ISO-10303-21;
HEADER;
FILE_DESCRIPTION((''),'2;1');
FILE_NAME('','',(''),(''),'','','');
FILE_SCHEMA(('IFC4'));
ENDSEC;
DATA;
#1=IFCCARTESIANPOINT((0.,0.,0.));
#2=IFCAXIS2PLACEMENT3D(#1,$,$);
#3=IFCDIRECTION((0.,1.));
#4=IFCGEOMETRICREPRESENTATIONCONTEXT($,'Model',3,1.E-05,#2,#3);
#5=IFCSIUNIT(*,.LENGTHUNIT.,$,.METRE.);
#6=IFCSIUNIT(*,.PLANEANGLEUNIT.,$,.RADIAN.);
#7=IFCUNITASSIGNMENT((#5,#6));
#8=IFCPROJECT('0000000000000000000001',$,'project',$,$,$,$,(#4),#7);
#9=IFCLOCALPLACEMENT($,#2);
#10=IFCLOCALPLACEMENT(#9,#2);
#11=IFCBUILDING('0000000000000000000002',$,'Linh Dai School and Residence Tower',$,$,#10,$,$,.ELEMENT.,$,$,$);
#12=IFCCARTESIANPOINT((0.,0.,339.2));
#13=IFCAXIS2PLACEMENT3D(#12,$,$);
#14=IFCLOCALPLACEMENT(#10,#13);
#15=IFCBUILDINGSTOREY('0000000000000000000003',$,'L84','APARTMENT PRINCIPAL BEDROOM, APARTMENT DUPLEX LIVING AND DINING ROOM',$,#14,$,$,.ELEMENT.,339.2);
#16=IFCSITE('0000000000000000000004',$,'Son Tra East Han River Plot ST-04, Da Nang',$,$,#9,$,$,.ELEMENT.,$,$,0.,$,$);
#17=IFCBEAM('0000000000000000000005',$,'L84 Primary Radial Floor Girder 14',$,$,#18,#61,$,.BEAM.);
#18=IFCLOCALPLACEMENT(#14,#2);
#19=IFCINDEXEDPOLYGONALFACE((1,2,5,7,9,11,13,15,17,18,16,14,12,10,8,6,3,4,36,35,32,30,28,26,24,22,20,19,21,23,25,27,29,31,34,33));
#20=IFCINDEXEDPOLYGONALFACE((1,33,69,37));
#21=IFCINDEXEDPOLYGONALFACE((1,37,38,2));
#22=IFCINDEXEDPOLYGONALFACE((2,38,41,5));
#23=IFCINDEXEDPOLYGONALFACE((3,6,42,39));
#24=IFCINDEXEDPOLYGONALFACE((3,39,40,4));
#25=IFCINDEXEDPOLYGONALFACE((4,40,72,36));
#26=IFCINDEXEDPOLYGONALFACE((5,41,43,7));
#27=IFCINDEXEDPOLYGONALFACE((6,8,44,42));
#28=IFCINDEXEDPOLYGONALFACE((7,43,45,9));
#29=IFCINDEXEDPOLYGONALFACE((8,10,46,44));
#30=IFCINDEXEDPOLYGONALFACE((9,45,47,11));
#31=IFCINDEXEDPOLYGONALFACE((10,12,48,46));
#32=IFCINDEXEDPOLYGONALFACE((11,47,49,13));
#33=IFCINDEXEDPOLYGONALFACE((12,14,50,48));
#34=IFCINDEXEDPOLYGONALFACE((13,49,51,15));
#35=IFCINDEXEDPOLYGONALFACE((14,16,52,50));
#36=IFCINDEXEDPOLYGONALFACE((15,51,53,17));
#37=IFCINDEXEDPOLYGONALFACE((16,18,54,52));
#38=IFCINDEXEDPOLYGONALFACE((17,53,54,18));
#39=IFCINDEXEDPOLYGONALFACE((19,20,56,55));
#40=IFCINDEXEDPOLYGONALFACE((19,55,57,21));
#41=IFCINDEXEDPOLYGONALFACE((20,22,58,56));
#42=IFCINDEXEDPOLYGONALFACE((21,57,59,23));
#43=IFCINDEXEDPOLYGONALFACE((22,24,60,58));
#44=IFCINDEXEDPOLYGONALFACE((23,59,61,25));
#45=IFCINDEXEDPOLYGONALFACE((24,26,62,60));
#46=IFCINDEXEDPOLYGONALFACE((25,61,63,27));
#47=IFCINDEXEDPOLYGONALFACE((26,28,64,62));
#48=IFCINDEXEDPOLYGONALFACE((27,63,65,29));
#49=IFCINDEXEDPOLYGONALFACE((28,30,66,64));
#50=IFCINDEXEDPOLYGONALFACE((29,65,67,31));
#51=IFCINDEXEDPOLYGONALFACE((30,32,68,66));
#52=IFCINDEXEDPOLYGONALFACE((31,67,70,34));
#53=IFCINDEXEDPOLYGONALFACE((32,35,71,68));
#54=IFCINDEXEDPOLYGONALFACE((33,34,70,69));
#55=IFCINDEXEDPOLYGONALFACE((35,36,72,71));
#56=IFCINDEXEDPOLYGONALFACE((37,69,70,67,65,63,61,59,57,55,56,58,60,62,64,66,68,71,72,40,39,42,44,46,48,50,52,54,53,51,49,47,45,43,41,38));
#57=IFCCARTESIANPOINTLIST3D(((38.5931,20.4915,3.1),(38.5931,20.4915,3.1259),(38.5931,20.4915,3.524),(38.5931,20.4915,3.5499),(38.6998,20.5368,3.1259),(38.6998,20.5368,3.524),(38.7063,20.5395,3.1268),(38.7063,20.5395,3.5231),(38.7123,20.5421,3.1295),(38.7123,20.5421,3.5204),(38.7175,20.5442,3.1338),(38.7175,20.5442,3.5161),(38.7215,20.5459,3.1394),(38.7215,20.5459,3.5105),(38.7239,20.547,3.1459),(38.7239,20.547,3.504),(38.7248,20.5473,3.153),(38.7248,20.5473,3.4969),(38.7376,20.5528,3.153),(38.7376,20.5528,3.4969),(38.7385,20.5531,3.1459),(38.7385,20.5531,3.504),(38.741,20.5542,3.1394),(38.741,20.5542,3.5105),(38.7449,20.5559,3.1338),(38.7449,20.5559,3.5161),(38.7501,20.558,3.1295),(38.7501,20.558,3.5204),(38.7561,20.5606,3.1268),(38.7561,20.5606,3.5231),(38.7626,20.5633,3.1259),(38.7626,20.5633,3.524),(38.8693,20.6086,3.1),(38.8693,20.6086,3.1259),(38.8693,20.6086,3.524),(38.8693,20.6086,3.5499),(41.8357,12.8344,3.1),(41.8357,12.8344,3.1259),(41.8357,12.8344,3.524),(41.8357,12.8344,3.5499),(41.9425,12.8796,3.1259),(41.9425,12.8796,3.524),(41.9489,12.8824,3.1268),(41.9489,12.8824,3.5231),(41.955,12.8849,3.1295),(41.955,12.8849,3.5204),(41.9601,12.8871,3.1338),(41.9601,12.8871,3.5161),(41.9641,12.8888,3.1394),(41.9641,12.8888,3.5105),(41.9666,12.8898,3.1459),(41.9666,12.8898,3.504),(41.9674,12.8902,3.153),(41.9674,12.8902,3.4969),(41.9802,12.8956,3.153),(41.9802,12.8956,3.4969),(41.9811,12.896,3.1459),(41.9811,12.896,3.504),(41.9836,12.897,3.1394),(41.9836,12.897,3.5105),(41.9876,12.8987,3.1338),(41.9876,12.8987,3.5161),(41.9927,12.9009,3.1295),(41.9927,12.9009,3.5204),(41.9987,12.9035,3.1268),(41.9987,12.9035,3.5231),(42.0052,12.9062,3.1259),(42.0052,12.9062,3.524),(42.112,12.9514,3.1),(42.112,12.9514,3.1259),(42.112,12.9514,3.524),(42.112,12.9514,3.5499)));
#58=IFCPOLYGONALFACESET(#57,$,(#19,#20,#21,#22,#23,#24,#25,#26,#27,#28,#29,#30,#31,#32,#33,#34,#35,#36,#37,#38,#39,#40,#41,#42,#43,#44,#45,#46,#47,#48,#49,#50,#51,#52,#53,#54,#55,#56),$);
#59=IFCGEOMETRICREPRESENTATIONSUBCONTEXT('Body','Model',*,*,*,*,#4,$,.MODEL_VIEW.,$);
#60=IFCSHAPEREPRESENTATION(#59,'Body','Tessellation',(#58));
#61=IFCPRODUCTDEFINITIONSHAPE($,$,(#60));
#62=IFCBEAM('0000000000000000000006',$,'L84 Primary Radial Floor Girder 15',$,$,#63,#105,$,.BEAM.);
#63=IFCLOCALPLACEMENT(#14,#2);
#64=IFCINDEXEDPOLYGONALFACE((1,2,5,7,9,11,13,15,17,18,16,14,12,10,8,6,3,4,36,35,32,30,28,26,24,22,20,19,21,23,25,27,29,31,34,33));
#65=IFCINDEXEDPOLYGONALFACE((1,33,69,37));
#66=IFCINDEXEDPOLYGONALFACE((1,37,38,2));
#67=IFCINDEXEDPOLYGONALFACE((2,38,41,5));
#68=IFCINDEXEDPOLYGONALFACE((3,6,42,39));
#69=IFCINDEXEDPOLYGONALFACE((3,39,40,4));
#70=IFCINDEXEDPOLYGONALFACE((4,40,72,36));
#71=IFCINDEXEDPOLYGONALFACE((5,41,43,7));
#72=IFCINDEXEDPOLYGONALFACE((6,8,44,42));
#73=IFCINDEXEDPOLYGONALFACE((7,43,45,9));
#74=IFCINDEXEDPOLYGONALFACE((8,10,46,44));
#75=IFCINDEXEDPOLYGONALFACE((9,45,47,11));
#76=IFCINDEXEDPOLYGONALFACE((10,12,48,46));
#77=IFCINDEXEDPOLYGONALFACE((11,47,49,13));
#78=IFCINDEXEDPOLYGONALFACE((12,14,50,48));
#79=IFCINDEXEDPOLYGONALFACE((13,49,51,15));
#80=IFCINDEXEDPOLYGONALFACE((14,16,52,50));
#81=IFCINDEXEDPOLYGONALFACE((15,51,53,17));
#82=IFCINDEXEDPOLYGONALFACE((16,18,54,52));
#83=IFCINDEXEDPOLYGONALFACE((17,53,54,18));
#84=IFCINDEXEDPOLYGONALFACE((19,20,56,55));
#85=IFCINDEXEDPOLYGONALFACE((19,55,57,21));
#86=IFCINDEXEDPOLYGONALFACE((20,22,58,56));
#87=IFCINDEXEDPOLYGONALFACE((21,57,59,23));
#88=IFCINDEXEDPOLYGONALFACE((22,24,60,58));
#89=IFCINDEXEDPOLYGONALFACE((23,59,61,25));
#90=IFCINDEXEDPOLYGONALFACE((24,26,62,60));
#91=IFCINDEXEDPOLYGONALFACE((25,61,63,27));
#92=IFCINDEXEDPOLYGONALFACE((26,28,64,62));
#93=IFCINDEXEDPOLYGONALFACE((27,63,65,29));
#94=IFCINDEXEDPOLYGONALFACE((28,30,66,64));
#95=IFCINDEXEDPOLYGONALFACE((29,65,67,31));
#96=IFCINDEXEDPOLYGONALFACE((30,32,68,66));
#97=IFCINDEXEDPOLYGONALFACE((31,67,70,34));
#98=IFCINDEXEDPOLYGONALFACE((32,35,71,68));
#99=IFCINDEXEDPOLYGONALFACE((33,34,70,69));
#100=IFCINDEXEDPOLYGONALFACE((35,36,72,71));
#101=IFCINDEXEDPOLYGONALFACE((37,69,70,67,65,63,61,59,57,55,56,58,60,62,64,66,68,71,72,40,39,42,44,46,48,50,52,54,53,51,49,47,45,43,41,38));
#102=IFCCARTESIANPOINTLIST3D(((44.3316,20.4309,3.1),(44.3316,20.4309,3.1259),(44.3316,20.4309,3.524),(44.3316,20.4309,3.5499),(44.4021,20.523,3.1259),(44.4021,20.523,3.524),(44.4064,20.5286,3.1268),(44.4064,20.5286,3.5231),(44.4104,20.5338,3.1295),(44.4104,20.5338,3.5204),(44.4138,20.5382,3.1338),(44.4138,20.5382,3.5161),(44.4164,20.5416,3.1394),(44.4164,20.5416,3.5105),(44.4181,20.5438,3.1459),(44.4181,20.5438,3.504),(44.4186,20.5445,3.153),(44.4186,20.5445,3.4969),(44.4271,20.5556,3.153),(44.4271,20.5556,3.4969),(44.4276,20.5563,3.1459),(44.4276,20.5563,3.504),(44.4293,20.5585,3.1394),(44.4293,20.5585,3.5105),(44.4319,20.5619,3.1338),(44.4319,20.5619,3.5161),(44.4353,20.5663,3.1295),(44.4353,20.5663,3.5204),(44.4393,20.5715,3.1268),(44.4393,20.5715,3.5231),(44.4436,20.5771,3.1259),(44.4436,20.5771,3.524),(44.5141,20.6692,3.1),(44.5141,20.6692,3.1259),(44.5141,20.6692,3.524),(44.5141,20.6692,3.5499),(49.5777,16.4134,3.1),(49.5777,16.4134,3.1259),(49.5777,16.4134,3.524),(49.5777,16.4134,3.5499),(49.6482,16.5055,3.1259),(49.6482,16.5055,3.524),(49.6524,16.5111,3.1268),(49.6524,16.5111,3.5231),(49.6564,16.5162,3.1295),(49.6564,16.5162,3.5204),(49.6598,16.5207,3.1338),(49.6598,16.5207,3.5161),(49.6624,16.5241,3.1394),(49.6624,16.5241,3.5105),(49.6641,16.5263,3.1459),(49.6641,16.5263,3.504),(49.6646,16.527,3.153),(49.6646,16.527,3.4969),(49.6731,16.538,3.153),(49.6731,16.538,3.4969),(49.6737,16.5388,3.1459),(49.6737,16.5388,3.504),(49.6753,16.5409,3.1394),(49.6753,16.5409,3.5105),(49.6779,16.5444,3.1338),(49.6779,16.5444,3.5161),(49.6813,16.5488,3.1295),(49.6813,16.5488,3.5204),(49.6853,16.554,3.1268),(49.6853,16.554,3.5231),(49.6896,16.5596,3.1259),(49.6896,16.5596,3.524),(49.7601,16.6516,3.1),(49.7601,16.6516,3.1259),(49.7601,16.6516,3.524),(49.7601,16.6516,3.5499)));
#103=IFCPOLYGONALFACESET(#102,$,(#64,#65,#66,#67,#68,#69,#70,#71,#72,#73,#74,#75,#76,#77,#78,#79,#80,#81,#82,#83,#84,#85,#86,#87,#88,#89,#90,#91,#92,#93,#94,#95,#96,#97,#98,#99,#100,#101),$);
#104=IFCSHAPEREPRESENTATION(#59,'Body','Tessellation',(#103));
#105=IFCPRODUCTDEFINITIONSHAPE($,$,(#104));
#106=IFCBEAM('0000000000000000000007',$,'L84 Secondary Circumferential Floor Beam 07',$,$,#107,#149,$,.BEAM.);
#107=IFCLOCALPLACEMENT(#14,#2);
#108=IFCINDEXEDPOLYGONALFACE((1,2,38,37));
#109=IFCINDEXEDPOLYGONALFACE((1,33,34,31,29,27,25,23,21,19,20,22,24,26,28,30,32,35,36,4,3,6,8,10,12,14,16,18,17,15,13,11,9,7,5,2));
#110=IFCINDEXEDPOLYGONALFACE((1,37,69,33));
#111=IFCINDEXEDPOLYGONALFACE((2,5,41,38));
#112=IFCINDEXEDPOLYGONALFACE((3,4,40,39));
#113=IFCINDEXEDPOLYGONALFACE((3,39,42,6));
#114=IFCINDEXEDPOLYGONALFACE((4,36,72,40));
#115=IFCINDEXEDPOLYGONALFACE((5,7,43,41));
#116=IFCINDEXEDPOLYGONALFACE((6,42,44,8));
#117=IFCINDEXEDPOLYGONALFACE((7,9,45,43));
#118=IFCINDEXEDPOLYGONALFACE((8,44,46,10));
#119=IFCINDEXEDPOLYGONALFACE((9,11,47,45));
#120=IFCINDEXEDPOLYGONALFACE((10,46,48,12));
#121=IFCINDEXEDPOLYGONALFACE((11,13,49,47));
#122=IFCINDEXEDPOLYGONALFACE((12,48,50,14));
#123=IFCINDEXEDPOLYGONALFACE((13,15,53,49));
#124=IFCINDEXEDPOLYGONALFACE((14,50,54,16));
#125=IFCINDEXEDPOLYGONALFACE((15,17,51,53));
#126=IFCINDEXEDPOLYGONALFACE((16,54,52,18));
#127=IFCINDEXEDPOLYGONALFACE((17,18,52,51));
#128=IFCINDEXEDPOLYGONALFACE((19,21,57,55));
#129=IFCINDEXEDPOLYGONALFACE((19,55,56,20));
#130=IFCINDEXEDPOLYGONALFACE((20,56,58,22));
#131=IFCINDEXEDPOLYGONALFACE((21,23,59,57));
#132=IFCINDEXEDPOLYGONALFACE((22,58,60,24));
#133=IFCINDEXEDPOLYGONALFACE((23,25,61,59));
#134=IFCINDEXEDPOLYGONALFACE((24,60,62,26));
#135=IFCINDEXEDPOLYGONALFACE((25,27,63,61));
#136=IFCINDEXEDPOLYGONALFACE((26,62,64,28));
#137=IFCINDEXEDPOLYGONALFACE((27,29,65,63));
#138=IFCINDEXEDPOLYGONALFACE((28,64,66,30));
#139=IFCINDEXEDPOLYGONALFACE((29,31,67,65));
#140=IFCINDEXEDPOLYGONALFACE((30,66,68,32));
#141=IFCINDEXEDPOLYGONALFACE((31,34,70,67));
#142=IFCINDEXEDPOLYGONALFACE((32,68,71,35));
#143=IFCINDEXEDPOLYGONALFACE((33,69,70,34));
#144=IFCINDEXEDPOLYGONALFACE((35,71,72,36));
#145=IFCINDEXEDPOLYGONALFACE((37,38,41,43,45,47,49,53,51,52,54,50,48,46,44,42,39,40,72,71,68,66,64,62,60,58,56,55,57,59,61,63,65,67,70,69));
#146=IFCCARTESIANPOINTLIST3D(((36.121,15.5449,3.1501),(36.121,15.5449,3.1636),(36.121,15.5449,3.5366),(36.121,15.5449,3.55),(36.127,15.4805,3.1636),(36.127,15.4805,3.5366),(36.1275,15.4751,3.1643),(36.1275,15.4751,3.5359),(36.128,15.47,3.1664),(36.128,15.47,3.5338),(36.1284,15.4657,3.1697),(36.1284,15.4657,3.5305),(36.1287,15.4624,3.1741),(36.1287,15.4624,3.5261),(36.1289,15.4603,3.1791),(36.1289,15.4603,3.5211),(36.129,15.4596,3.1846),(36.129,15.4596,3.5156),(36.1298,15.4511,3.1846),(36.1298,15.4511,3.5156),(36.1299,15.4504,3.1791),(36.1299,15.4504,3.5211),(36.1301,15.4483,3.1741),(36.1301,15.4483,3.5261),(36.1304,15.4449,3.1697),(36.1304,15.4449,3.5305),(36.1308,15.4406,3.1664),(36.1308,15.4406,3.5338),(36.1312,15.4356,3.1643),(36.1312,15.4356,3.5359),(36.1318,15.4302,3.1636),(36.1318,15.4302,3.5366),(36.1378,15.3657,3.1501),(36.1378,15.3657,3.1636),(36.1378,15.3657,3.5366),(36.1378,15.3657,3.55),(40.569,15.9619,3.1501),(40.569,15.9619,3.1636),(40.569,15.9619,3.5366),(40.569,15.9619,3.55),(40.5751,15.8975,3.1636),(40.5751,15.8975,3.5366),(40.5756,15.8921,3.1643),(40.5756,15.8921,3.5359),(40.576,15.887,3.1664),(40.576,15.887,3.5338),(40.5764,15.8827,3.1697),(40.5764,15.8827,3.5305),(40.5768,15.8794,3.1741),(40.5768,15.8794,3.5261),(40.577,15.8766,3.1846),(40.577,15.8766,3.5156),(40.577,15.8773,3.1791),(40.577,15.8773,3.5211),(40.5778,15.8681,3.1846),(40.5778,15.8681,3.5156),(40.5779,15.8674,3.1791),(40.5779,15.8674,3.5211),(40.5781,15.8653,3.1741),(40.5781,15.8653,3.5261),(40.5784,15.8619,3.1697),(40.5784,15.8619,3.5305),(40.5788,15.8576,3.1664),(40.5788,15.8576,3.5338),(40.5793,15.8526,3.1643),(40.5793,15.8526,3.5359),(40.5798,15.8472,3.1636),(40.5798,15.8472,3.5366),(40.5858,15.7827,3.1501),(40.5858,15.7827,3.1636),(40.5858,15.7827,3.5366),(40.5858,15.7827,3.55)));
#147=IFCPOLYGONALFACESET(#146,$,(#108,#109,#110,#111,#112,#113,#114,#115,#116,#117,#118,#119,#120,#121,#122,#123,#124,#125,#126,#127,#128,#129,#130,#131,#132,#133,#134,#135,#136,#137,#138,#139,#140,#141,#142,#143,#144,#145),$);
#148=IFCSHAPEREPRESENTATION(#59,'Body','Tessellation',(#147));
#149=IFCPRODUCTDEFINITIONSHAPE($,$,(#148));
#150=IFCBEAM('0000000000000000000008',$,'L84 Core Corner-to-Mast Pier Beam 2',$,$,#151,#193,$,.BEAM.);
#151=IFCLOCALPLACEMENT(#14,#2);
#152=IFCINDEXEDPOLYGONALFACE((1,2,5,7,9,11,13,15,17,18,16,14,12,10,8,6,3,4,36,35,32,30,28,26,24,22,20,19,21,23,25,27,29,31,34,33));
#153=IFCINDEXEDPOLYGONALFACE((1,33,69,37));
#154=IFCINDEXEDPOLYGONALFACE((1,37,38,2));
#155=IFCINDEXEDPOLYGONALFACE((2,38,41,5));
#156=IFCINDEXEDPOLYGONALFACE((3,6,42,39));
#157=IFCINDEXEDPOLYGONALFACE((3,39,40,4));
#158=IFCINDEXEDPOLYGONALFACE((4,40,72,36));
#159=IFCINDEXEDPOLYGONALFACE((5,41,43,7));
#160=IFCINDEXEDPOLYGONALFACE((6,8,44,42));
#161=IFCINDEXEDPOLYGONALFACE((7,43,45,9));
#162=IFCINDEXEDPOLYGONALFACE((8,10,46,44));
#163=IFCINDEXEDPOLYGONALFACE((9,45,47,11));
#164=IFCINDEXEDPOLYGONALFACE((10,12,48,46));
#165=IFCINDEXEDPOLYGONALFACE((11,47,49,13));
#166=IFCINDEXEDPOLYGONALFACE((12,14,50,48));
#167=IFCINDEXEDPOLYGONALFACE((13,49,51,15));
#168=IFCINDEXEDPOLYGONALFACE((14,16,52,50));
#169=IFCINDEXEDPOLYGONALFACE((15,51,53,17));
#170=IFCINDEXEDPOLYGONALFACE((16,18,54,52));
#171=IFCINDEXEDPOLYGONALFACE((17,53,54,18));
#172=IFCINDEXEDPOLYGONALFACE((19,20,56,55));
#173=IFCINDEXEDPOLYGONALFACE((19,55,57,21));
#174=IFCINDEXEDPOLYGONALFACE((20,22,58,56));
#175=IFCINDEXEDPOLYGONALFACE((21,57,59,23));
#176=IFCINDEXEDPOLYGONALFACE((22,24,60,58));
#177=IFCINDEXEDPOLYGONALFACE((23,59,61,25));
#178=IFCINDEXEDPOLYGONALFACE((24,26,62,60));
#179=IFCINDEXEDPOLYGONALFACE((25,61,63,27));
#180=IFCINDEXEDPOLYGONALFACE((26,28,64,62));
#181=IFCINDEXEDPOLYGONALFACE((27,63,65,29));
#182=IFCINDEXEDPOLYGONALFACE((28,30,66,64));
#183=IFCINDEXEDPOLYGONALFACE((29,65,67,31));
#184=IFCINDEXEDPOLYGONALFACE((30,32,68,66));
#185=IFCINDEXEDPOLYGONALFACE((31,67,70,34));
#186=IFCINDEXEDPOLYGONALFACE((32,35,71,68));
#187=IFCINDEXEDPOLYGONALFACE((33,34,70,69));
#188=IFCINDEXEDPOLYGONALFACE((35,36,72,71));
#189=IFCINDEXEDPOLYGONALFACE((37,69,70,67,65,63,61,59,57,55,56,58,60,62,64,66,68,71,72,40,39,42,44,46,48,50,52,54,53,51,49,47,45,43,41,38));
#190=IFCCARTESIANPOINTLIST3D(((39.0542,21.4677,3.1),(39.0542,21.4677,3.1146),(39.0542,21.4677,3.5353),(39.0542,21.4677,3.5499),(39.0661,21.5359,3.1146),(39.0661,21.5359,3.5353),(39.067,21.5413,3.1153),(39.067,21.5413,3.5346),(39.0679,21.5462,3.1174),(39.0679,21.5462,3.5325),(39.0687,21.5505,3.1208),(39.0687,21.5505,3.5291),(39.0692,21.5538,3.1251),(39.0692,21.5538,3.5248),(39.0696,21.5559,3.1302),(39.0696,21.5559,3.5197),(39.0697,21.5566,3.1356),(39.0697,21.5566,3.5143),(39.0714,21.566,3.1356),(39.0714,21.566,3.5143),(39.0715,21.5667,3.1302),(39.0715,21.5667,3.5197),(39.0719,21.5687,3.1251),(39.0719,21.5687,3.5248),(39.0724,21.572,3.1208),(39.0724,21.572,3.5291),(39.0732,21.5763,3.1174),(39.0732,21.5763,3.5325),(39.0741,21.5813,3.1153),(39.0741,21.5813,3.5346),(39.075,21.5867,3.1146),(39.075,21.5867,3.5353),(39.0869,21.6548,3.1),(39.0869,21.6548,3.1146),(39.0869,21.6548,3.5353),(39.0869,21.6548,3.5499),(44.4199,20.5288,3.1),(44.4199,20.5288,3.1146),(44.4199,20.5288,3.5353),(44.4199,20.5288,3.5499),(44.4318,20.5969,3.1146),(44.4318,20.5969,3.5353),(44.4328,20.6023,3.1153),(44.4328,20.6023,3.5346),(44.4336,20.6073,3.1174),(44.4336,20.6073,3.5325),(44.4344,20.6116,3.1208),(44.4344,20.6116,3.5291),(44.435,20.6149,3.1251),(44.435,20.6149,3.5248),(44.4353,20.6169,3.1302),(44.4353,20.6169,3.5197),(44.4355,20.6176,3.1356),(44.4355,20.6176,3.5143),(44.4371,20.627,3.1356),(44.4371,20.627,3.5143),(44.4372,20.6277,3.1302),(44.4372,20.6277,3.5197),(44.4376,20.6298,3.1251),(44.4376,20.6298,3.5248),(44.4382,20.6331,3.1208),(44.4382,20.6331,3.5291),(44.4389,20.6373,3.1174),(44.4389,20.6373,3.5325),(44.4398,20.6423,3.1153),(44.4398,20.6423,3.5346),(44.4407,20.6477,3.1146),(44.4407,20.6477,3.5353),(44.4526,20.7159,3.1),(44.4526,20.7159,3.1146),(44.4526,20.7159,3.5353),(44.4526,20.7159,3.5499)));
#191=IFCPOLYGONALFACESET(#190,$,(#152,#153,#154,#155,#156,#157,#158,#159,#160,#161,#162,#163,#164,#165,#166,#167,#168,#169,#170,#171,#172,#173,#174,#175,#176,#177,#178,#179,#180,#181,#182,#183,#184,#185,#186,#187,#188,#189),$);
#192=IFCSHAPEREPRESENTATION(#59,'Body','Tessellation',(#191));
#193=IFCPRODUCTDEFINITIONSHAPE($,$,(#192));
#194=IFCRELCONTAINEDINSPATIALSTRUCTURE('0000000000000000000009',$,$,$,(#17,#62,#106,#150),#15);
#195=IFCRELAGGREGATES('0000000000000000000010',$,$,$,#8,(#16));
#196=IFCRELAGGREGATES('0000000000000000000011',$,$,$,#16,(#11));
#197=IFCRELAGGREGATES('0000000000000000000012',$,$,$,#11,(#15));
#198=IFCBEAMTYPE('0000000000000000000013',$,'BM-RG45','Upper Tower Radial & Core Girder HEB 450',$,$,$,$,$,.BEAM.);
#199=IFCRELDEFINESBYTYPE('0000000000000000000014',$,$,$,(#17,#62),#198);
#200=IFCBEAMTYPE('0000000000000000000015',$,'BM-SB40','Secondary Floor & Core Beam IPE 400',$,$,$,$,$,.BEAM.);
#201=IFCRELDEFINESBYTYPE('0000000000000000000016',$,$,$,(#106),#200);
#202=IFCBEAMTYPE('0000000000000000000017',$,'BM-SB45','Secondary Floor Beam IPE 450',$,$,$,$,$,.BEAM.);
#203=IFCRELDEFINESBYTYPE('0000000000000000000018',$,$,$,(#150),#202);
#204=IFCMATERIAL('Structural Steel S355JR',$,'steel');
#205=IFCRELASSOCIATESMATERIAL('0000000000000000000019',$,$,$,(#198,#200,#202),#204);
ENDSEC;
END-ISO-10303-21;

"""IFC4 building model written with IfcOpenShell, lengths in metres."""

from ifc_helpers import new_model, si_unit, direction, frame, origin, origin_2d, place, context, subcontext, project, spatial, i_section, extrude, material, material_profile, profile_set, type_object, element, save


model = new_model("IFC4")

# Units and contexts
model_context = context("Model", 3, precision=1e-05, world=origin(), true_north=direction((0.0, 1.0)))
body_context = subcontext(model_context, "Body", "Model", "MODEL_VIEW")
ifc_project = project(units=[si_unit("LENGTHUNIT", "METRE"), si_unit("PLANEANGLEUNIT", "RADIAN")], contexts=[model_context])

# Site, building, storey
site_placement = place(None, origin())
site = spatial("IfcSite", under=ifc_project, at=site_placement, Name="Son Tra East Han River Plot ST-04, Da Nang", CompositionType="ELEMENT", RefElevation=0.0)
building_placement = place(site_placement, origin())
building = spatial("IfcBuilding", under=site, at=building_placement, Name="Linh Dai School and Residence Tower", CompositionType="ELEMENT")
storey_placement = place(building_placement, frame((0.0, 0.0, 339.2)))
storey = spatial("IfcBuildingStorey", under=building, at=storey_placement, Name="L84", Description="APARTMENT PRINCIPAL BEDROOM, APARTMENT DUPLEX LIVING AND DINING ROOM", CompositionType="ELEMENT", Elevation=339.2)

# Shared definitions
ifc_material_1 = material(Name="Structural Steel S355JR", Category="steel")

# Beams
ifc_material_profile_1 = material_profile(ifc_material_1, i_section(OverallWidth=0.3, OverallDepth=0.45, WebThickness=0.0139, FlangeThickness=0.0259, FilletRadius=0.0271, at=origin_2d()), Name="HEB 450")
ifc_profile_set_1 = profile_set([ifc_material_profile_1], Name="Structural Steel S355JR")
beam_type_1 = type_object("IfcBeamType", Name="BM-RG45", Description="Upper Tower Radial & Core Girder HEB 450", PredefinedType="BEAM", material=ifc_profile_set_1)
beam_1_placement = place(storey_placement, frame((38.7312, 20.55, 3.325), z_axis=(0.389954, -0.920834, 0.0), x_axis=(0.920834, 0.389954, 0.0)))
element("IfcBeam", 1, at=beam_1_placement, inside=storey, type_object=beam_type_1, Name="L84 Primary Radial Floor Girder 14", PredefinedType="BEAM", context=body_context, shape_type="SweptSolid", body=[
    extrude(i_section(OverallWidth=0.3, OverallDepth=0.45, WebThickness=0.0139, FlangeThickness=0.0259, FilletRadius=0.0271, at=origin_2d()), origin(), (0.0, 0.0, 1.0), 8.3154),
])
beam_2_placement = place(storey_placement, frame((44.4229, 20.55, 3.325), z_axis=(0.79393, -0.608009, 0.0), x_axis=(0.608009, 0.79393, 0.0)))
element("IfcBeam", 2, at=beam_2_placement, inside=storey, type_object=beam_type_1, Name="L84 Primary Radial Floor Girder 15", PredefinedType="BEAM", context=body_context, shape_type="SweptSolid", body=[
    extrude(i_section(OverallWidth=0.3, OverallDepth=0.45, WebThickness=0.0139, FlangeThickness=0.0259, FilletRadius=0.0271, at=origin_2d()), origin(), (0.0, 0.0, 1.0), 6.6077),
])
ifc_material_profile_2 = material_profile(ifc_material_1, i_section(OverallWidth=0.1799, OverallDepth=0.3999, WebThickness=0.0085, FlangeThickness=0.0134, FilletRadius=0.021, at=origin_2d()), Name="IPE 400")
ifc_profile_set_2 = profile_set([ifc_material_profile_2], Name="Structural Steel S355JR")
beam_type_2 = type_object("IfcBeamType", Name="BM-SB40", Description="Secondary Floor & Core Beam IPE 400", PredefinedType="BEAM", material=ifc_profile_set_2)
beam_3_placement = place(storey_placement, frame((36.1294, 15.4553, 3.3501), z_axis=(0.995634, 0.093339, 0.0), x_axis=(-0.093339, 0.995634, 0.0)))
element("IfcBeam", 3, at=beam_3_placement, inside=storey, type_object=beam_type_2, Name="L84 Secondary Circumferential Floor Beam 07", PredefinedType="BEAM", context=body_context, shape_type="SweptSolid", body=[
    extrude(i_section(OverallWidth=0.1799, OverallDepth=0.3999, WebThickness=0.0085, FlangeThickness=0.0134, FilletRadius=0.021, at=origin_2d()), origin(), (0.0, 0.0, 1.0), 4.4675),
])
ifc_material_profile_3 = material_profile(ifc_material_1, i_section(OverallWidth=0.1899, OverallDepth=0.45, WebThickness=0.0095, FlangeThickness=0.0146, FilletRadius=0.021, at=origin_2d()), Name="IPE 450")
ifc_profile_set_3 = profile_set([ifc_material_profile_3], Name="Structural Steel S355JR")
beam_type_3 = type_object("IfcBeamType", Name="BM-SB45", Description="Secondary Floor Beam IPE 450", PredefinedType="BEAM", material=ifc_profile_set_3)
beam_4_placement = place(storey_placement, frame((44.4363, 20.6223, 3.325), z_axis=(-0.985032, 0.172374, 0.0), x_axis=(-0.172374, -0.985032, 0.0)))
element("IfcBeam", 4, at=beam_4_placement, inside=storey, type_object=beam_type_3, Name="L84 Core Corner-to-Mast Pier Beam 2", PredefinedType="BEAM", context=body_context, shape_type="SweptSolid", body=[
    extrude(i_section(OverallWidth=0.1899, OverallDepth=0.45, WebThickness=0.0095, FlangeThickness=0.0146, FilletRadius=0.021, at=origin_2d()), origin(), (0.0, 0.0, 1.0), 5.4473),
])

save(model, "model.ifc")
